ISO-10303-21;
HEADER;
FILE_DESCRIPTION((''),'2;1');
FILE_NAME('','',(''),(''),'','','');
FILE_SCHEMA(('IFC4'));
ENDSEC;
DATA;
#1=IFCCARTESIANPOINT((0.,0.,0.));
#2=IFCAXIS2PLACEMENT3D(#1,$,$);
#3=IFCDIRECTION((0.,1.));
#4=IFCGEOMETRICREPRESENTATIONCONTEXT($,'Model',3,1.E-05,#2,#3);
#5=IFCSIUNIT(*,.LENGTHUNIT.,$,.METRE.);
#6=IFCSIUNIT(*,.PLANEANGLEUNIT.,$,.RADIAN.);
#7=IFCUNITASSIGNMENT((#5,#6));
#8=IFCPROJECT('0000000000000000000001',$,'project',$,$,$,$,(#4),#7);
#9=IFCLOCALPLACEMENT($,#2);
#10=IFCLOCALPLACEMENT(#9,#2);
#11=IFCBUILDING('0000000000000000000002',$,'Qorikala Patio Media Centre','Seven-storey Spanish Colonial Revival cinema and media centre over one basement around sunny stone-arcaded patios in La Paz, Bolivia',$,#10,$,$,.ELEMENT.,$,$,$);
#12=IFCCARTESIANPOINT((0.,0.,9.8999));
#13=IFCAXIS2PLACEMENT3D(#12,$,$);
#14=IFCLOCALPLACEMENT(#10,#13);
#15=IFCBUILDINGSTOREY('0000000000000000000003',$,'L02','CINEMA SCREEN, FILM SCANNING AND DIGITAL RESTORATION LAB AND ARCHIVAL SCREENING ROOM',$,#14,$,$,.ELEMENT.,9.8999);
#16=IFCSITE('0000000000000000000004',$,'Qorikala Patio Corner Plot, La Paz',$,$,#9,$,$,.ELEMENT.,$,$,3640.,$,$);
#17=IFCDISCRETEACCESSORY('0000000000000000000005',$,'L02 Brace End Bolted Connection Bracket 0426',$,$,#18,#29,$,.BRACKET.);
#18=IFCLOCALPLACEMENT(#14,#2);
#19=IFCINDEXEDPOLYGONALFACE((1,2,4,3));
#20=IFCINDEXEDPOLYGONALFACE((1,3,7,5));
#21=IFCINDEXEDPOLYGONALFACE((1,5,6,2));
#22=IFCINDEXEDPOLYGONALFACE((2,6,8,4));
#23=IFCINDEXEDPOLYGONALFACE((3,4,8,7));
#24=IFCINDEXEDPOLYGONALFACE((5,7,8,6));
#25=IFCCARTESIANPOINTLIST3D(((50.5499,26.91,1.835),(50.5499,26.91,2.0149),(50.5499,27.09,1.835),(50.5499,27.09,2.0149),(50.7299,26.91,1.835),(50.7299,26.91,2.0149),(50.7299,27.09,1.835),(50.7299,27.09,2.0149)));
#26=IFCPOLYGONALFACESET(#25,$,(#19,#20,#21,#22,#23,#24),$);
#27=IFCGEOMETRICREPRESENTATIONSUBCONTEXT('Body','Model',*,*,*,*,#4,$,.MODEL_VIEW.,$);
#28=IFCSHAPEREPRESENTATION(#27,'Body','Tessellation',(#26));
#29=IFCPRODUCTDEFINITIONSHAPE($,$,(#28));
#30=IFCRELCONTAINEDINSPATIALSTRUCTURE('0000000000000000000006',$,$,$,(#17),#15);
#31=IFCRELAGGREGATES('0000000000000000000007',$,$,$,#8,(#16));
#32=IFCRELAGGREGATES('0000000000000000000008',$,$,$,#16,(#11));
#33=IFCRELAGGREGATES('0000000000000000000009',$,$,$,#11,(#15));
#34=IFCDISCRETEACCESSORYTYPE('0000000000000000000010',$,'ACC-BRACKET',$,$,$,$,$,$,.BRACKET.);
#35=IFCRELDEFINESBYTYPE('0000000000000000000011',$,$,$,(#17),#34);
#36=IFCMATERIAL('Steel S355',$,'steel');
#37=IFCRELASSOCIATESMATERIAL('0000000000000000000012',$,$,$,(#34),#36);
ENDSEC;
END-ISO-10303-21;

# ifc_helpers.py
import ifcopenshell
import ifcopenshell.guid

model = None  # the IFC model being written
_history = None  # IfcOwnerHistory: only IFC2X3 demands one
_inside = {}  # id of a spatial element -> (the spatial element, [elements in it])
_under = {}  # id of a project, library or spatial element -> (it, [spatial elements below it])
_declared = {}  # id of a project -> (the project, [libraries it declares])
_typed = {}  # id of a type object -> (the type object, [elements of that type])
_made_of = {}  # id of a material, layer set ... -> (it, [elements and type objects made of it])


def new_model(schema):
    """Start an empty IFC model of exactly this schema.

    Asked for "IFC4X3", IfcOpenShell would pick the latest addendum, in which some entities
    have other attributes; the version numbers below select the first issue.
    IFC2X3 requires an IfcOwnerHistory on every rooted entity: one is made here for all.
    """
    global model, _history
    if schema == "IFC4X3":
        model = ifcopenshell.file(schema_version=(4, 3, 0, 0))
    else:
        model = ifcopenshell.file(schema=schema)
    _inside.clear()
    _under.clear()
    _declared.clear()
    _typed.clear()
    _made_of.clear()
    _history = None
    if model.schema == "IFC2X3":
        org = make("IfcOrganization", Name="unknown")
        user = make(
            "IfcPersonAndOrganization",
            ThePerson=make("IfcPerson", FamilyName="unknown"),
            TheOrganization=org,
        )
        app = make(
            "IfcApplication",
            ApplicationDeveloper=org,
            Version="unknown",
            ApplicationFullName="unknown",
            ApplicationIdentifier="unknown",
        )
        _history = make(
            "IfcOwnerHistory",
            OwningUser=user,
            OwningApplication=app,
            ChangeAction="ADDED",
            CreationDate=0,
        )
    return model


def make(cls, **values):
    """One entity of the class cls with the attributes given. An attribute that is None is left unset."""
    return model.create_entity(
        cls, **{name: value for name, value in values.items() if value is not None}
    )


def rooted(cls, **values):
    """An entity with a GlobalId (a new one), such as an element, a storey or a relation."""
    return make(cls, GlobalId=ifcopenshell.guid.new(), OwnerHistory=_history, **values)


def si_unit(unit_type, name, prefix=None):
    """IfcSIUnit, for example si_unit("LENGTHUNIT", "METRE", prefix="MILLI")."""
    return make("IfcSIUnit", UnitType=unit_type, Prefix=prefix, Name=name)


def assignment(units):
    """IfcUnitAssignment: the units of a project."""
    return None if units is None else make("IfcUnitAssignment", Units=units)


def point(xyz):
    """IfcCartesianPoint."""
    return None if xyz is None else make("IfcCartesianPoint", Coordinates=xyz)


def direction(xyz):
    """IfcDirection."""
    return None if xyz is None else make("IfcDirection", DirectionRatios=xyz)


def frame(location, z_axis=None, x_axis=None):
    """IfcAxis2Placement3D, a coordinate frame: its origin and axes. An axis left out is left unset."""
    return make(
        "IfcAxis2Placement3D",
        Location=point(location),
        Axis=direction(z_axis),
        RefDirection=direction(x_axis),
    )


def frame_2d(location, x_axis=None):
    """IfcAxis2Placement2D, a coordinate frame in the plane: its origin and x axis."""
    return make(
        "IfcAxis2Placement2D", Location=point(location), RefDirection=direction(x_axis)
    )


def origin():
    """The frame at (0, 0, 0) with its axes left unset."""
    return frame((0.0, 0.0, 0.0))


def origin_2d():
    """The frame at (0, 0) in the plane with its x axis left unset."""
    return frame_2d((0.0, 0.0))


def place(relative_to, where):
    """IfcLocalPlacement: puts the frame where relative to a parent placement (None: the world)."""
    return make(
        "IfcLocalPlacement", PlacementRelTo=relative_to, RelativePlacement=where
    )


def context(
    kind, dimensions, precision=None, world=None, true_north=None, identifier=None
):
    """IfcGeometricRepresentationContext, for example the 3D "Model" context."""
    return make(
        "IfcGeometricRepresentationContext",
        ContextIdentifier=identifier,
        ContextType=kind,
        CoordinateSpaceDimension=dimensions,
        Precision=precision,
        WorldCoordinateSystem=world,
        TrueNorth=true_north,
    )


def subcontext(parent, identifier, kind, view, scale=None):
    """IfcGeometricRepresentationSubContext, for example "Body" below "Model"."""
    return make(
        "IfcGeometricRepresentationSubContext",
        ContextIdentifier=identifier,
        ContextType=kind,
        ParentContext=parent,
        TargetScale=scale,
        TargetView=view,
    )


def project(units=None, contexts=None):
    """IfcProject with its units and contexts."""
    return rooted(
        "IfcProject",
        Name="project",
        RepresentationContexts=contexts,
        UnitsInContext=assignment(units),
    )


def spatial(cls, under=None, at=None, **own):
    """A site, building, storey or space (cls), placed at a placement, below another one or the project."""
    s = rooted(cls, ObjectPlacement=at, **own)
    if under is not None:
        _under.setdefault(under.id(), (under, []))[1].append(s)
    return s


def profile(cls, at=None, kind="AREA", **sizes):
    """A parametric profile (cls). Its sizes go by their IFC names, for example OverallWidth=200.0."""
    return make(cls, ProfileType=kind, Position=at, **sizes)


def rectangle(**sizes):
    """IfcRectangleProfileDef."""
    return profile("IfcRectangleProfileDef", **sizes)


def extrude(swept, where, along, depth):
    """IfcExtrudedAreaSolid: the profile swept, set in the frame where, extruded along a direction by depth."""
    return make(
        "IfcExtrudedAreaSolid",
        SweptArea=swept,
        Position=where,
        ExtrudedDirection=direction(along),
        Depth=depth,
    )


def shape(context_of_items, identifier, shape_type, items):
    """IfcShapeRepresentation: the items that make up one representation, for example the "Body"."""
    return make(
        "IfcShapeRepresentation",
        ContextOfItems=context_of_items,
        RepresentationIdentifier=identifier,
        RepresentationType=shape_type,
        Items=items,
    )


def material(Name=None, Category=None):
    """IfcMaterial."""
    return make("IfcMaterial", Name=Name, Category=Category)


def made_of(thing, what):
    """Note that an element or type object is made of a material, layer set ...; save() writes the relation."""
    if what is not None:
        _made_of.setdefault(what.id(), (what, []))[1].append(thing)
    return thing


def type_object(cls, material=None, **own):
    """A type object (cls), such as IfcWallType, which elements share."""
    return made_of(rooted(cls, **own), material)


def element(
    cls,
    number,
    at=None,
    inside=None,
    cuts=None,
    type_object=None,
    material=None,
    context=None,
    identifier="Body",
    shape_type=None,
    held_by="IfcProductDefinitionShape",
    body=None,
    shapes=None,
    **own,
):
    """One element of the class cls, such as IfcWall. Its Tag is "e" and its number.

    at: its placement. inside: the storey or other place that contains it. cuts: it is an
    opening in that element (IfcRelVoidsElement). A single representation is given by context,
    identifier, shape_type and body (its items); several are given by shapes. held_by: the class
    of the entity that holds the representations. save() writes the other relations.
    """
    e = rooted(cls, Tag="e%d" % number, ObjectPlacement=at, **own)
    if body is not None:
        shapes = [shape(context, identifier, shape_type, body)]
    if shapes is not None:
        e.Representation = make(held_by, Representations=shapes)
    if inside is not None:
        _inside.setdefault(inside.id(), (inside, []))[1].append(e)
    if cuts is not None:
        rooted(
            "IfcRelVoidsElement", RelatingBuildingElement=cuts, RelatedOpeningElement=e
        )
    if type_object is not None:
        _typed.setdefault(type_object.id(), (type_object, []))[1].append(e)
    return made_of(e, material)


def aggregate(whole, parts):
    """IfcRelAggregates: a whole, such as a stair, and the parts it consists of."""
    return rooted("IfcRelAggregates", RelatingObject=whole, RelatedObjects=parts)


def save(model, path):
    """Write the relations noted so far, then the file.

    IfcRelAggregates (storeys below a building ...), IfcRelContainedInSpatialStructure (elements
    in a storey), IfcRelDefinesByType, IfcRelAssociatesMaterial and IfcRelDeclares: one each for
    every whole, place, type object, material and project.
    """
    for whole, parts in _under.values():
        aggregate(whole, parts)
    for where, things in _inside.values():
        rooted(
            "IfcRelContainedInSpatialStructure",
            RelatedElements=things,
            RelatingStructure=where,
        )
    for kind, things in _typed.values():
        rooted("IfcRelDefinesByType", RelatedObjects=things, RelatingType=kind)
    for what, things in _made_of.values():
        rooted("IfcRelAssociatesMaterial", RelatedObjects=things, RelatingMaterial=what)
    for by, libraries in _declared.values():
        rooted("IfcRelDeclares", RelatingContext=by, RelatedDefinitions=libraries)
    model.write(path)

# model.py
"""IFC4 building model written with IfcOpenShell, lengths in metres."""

from ifc_helpers import new_model, si_unit, direction, frame, origin, origin_2d, place, context, subcontext, project, spatial, rectangle, extrude, material, type_object, element, save


model = new_model("IFC4")

# Units and contexts
model_context = context("Model", 3, precision=1e-05, world=origin(), true_north=direction((0.0, 1.0)))
body_context = subcontext(model_context, "Body", "Model", "MODEL_VIEW")
ifc_project = project(units=[si_unit("LENGTHUNIT", "METRE"), si_unit("PLANEANGLEUNIT", "RADIAN")], contexts=[model_context])

# Site, building, storey
site_placement = place(None, origin())
site = spatial("IfcSite", under=ifc_project, at=site_placement, Name="Qorikala Patio Corner Plot, La Paz", CompositionType="ELEMENT", RefElevation=3640.0)
building_placement = place(site_placement, origin())
building = spatial("IfcBuilding", under=site, at=building_placement, Name="Qorikala Patio Media Centre", Description="Seven-storey Spanish Colonial Revival cinema and media centre over one basement around sunny stone-arcaded patios in La Paz, Bolivia", CompositionType="ELEMENT")
storey_placement = place(building_placement, frame((0.0, 0.0, 9.8999)))
storey = spatial("IfcBuildingStorey", under=building, at=storey_placement, Name="L02", Description="CINEMA SCREEN, FILM SCANNING AND DIGITAL RESTORATION LAB AND ARCHIVAL SCREENING ROOM", CompositionType="ELEMENT", Elevation=9.8999)

# Shared definitions
ifc_material_1 = material(Name="Steel S355", Category="steel")

# Discrete accessory
discrete_accessory_type = type_object("IfcDiscreteAccessoryType", Name="ACC-BRACKET", PredefinedType="BRACKET", material=ifc_material_1)
for number, where, z_axis, x_axis, name in (
    (1, (50.6399, 27.0, 1.835), (0.0, 0.0, 1.0), (1.0, 0.0, 0.0), "L02 Brace End Bolted Connection Bracket 0426"),
):
    element("IfcDiscreteAccessory", number, at=place(storey_placement, frame(where, z_axis=z_axis, x_axis=x_axis)), inside=storey, type_object=discrete_accessory_type, Name=name, PredefinedType="BRACKET", context=body_context, shape_type="SweptSolid", body=[
        extrude(rectangle(XDim=0.1799, YDim=0.1799, at=origin_2d()), origin(), (0.0, 0.0, 1.0), 0.1799),
    ])

save(model, "model.ifc")
